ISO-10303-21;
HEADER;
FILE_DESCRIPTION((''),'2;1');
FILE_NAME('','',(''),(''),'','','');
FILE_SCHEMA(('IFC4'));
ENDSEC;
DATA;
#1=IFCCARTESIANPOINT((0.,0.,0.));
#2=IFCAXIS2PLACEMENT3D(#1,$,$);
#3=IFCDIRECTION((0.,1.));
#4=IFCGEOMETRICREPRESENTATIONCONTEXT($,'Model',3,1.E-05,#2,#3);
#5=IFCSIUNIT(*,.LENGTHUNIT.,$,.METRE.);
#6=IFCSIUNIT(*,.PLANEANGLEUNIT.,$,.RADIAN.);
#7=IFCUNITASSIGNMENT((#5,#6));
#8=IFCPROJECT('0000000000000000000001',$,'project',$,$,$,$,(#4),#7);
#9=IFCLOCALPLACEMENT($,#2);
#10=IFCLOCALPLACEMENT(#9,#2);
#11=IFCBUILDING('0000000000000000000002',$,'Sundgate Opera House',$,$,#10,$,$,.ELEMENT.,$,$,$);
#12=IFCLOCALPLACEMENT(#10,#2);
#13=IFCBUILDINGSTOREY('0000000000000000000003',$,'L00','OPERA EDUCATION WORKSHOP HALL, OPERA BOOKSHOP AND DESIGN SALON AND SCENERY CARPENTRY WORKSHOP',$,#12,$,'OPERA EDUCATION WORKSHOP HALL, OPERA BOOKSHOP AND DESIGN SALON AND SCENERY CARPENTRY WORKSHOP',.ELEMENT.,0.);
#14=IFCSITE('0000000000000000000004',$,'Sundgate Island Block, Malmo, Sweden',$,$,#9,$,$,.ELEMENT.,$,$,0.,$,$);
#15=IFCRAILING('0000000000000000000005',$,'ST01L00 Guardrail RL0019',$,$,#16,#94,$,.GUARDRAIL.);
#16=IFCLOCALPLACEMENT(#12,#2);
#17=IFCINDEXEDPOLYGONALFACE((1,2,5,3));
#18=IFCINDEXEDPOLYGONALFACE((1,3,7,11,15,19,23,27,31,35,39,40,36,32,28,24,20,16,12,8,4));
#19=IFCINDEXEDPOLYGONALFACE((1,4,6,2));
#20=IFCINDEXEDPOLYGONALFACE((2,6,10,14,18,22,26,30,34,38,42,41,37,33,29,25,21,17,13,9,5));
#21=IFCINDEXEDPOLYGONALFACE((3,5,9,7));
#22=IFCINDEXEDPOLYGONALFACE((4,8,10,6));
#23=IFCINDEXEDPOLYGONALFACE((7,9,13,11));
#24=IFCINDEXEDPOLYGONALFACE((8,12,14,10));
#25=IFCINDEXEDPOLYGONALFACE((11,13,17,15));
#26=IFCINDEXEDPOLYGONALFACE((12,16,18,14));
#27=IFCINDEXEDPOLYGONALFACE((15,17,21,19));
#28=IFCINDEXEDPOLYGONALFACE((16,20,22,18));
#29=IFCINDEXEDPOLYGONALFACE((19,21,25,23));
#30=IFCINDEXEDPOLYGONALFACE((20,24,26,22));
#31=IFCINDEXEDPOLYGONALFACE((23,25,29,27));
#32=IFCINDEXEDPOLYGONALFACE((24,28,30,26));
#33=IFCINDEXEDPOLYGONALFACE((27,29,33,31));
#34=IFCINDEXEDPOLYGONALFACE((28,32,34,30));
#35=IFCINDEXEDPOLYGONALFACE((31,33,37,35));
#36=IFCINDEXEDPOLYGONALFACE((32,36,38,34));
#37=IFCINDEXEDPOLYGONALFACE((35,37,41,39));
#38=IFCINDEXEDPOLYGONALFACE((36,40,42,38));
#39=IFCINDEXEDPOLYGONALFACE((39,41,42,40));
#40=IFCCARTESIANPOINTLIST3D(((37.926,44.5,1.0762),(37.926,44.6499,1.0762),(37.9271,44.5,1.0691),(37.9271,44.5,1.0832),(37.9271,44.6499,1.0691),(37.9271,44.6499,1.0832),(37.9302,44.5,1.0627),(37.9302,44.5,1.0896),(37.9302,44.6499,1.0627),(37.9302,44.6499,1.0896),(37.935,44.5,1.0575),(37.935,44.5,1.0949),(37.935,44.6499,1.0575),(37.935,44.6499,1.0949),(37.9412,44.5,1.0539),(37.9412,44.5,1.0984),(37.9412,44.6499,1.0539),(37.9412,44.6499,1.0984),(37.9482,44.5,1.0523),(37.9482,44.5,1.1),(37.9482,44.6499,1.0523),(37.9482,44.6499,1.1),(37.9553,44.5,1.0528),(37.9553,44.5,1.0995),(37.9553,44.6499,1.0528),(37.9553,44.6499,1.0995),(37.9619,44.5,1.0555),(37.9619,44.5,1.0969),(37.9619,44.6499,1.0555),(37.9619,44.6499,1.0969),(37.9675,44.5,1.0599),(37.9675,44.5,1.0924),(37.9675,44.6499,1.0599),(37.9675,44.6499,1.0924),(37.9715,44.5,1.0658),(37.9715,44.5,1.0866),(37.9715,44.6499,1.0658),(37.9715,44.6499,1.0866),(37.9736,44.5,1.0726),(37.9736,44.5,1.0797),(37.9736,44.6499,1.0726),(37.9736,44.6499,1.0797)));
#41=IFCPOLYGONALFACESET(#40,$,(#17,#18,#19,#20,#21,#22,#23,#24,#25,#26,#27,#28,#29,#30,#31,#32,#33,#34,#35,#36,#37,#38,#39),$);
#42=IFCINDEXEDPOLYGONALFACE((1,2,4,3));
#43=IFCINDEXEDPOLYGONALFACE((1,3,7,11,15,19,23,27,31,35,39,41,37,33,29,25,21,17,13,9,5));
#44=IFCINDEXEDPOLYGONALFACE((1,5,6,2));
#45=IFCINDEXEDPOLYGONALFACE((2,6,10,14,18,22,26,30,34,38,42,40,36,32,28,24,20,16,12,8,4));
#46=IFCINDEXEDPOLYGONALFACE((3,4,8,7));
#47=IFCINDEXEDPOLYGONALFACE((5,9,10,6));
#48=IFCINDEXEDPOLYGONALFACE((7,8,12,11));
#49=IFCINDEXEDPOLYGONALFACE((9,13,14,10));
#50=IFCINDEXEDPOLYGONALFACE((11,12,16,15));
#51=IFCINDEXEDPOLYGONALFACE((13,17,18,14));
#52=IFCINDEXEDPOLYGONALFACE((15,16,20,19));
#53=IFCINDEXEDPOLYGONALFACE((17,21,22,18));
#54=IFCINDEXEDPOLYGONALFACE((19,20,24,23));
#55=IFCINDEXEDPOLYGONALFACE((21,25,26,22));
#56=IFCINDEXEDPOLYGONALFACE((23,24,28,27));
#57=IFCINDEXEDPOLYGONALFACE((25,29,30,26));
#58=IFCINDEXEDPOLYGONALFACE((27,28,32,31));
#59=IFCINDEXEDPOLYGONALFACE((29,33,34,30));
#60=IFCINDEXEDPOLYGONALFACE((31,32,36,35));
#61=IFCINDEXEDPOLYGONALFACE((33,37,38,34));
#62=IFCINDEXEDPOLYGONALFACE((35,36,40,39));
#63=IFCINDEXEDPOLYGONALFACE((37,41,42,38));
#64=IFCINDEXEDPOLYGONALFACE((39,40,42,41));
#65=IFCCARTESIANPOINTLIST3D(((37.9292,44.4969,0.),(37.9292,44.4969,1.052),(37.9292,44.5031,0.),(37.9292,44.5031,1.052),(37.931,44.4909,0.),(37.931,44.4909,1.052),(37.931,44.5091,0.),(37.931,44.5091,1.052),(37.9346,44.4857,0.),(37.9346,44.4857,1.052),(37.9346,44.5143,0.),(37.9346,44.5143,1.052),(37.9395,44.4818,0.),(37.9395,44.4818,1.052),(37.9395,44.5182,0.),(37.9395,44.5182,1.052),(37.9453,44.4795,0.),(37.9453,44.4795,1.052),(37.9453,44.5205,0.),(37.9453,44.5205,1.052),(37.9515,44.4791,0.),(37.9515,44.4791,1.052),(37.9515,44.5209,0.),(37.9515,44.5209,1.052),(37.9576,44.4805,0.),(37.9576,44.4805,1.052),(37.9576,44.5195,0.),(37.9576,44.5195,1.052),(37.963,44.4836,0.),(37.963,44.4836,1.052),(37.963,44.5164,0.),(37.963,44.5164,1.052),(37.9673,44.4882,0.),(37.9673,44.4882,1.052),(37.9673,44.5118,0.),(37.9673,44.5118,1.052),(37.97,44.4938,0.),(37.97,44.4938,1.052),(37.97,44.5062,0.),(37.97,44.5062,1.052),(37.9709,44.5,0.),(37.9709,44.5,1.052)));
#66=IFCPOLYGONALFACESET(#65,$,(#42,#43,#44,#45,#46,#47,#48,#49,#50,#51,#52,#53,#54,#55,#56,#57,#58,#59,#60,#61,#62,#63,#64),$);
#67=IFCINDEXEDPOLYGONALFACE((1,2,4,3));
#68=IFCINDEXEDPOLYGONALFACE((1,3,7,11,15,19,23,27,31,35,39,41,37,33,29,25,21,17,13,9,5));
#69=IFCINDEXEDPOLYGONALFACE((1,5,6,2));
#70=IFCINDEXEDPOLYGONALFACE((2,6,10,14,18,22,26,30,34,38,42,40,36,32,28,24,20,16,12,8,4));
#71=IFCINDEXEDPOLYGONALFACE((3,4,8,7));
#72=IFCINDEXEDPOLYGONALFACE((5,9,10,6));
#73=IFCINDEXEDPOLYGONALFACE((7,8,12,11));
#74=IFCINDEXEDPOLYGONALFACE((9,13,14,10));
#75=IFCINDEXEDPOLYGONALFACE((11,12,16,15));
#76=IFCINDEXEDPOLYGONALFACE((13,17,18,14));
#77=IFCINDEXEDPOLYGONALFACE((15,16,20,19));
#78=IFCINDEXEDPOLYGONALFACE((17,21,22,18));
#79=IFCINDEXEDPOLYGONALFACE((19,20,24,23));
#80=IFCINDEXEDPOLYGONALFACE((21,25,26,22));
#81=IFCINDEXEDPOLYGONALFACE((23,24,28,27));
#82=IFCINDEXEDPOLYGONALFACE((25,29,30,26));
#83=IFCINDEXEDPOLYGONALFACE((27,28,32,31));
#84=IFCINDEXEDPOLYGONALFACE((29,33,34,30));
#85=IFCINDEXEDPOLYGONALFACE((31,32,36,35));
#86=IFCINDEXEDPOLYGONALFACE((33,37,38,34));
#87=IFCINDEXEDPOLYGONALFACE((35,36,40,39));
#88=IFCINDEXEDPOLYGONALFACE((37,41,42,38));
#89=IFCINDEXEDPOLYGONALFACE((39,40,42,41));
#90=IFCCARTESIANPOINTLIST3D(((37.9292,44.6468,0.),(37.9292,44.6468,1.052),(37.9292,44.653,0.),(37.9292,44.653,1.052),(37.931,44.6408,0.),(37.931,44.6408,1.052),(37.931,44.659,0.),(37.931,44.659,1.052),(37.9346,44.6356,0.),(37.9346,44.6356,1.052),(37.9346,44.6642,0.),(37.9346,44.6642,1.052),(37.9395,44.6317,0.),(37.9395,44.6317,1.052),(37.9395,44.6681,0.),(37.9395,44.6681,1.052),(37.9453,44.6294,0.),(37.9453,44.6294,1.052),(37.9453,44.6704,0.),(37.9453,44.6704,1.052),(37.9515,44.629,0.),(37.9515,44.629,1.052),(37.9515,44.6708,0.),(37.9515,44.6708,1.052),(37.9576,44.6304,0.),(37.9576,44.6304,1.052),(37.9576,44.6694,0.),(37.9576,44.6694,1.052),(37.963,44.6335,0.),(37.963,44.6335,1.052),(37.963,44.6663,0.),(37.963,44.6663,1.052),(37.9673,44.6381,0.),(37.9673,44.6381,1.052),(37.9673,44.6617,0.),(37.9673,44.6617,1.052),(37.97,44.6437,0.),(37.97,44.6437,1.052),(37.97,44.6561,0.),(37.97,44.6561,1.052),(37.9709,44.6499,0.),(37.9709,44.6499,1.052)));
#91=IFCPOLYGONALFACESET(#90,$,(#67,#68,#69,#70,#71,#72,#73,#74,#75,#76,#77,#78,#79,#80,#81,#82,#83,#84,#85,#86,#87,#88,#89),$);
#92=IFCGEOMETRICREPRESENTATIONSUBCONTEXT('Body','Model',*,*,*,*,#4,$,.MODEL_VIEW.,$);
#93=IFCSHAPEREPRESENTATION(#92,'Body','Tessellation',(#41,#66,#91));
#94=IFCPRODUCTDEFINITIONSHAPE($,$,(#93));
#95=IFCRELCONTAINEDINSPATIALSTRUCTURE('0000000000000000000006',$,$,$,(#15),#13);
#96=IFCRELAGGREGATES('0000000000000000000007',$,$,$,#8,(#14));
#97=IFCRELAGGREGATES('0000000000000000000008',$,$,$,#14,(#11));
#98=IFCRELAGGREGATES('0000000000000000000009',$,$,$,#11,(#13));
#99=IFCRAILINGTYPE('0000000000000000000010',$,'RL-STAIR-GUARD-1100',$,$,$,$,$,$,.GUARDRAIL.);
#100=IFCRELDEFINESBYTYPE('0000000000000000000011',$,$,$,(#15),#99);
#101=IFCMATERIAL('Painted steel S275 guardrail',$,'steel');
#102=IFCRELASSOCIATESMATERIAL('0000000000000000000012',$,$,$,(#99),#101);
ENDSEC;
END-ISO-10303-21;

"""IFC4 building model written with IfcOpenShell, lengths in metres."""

from ifc_helpers import new_model, si_unit, direction, frame, origin, origin_2d, place, context, subcontext, project, spatial, circle, extrude, material, type_object, element, save


model = new_model("IFC4")

# Units and contexts
model_context = context("Model", 3, precision=1e-05, world=origin(), true_north=direction((0.0, 1.0)))
body_context = subcontext(model_context, "Body", "Model", "MODEL_VIEW")
ifc_project = project(units=[si_unit("LENGTHUNIT", "METRE"), si_unit("PLANEANGLEUNIT", "RADIAN")], contexts=[model_context])

# Site, building, storey
site_placement = place(None, origin())
site = spatial("IfcSite", under=ifc_project, at=site_placement, Name="Sundgate Island Block, Malmo, Sweden", CompositionType="ELEMENT", RefElevation=0.0)
building_placement = place(site_placement, origin())
building = spatial("IfcBuilding", under=site, at=building_placement, Name="Sundgate Opera House", CompositionType="ELEMENT")
storey_placement = place(building_placement, origin())
storey = spatial("IfcBuildingStorey", under=building, at=storey_placement, Name="L00", Description="OPERA EDUCATION WORKSHOP HALL, OPERA BOOKSHOP AND DESIGN SALON AND SCENERY CARPENTRY WORKSHOP", LongName="OPERA EDUCATION WORKSHOP HALL, OPERA BOOKSHOP AND DESIGN SALON AND SCENERY CARPENTRY WORKSHOP", CompositionType="ELEMENT", Elevation=0.0)

# Railing
ifc_material_1 = material(Name="Painted steel S275 guardrail", Category="steel")
railing_type_1 = type_object("IfcRailingType", Name="RL-STAIR-GUARD-1100", PredefinedType="GUARDRAIL", material=ifc_material_1)
railing_1_placement = place(storey_placement, frame((37.95, 44.5, 0.0)))
element("IfcRailing", 1, at=railing_1_placement, inside=storey, type_object=railing_type_1, Name="ST01L00 Guardrail RL0019", PredefinedType="GUARDRAIL", context=body_context, shape_type="SweptSolid", body=[
    extrude(circle(Radius=0.0239, at=origin_2d()), frame((0.0, 0.0, 1.0762), z_axis=(0.0, 1.0, 0.0), x_axis=(-1.0, 0.0, 0.0)), (0.0, 0.0, 1.0), 0.1499),
    extrude(circle(Radius=0.021, at=origin_2d()), origin(), (0.0, 0.0, 1.0), 1.052),
    extrude(circle(Radius=0.021, at=origin_2d()), frame((0.0, 0.1499, 0.0)), (0.0, 0.0, 1.0), 1.052),
])

save(model, "model.ifc")
